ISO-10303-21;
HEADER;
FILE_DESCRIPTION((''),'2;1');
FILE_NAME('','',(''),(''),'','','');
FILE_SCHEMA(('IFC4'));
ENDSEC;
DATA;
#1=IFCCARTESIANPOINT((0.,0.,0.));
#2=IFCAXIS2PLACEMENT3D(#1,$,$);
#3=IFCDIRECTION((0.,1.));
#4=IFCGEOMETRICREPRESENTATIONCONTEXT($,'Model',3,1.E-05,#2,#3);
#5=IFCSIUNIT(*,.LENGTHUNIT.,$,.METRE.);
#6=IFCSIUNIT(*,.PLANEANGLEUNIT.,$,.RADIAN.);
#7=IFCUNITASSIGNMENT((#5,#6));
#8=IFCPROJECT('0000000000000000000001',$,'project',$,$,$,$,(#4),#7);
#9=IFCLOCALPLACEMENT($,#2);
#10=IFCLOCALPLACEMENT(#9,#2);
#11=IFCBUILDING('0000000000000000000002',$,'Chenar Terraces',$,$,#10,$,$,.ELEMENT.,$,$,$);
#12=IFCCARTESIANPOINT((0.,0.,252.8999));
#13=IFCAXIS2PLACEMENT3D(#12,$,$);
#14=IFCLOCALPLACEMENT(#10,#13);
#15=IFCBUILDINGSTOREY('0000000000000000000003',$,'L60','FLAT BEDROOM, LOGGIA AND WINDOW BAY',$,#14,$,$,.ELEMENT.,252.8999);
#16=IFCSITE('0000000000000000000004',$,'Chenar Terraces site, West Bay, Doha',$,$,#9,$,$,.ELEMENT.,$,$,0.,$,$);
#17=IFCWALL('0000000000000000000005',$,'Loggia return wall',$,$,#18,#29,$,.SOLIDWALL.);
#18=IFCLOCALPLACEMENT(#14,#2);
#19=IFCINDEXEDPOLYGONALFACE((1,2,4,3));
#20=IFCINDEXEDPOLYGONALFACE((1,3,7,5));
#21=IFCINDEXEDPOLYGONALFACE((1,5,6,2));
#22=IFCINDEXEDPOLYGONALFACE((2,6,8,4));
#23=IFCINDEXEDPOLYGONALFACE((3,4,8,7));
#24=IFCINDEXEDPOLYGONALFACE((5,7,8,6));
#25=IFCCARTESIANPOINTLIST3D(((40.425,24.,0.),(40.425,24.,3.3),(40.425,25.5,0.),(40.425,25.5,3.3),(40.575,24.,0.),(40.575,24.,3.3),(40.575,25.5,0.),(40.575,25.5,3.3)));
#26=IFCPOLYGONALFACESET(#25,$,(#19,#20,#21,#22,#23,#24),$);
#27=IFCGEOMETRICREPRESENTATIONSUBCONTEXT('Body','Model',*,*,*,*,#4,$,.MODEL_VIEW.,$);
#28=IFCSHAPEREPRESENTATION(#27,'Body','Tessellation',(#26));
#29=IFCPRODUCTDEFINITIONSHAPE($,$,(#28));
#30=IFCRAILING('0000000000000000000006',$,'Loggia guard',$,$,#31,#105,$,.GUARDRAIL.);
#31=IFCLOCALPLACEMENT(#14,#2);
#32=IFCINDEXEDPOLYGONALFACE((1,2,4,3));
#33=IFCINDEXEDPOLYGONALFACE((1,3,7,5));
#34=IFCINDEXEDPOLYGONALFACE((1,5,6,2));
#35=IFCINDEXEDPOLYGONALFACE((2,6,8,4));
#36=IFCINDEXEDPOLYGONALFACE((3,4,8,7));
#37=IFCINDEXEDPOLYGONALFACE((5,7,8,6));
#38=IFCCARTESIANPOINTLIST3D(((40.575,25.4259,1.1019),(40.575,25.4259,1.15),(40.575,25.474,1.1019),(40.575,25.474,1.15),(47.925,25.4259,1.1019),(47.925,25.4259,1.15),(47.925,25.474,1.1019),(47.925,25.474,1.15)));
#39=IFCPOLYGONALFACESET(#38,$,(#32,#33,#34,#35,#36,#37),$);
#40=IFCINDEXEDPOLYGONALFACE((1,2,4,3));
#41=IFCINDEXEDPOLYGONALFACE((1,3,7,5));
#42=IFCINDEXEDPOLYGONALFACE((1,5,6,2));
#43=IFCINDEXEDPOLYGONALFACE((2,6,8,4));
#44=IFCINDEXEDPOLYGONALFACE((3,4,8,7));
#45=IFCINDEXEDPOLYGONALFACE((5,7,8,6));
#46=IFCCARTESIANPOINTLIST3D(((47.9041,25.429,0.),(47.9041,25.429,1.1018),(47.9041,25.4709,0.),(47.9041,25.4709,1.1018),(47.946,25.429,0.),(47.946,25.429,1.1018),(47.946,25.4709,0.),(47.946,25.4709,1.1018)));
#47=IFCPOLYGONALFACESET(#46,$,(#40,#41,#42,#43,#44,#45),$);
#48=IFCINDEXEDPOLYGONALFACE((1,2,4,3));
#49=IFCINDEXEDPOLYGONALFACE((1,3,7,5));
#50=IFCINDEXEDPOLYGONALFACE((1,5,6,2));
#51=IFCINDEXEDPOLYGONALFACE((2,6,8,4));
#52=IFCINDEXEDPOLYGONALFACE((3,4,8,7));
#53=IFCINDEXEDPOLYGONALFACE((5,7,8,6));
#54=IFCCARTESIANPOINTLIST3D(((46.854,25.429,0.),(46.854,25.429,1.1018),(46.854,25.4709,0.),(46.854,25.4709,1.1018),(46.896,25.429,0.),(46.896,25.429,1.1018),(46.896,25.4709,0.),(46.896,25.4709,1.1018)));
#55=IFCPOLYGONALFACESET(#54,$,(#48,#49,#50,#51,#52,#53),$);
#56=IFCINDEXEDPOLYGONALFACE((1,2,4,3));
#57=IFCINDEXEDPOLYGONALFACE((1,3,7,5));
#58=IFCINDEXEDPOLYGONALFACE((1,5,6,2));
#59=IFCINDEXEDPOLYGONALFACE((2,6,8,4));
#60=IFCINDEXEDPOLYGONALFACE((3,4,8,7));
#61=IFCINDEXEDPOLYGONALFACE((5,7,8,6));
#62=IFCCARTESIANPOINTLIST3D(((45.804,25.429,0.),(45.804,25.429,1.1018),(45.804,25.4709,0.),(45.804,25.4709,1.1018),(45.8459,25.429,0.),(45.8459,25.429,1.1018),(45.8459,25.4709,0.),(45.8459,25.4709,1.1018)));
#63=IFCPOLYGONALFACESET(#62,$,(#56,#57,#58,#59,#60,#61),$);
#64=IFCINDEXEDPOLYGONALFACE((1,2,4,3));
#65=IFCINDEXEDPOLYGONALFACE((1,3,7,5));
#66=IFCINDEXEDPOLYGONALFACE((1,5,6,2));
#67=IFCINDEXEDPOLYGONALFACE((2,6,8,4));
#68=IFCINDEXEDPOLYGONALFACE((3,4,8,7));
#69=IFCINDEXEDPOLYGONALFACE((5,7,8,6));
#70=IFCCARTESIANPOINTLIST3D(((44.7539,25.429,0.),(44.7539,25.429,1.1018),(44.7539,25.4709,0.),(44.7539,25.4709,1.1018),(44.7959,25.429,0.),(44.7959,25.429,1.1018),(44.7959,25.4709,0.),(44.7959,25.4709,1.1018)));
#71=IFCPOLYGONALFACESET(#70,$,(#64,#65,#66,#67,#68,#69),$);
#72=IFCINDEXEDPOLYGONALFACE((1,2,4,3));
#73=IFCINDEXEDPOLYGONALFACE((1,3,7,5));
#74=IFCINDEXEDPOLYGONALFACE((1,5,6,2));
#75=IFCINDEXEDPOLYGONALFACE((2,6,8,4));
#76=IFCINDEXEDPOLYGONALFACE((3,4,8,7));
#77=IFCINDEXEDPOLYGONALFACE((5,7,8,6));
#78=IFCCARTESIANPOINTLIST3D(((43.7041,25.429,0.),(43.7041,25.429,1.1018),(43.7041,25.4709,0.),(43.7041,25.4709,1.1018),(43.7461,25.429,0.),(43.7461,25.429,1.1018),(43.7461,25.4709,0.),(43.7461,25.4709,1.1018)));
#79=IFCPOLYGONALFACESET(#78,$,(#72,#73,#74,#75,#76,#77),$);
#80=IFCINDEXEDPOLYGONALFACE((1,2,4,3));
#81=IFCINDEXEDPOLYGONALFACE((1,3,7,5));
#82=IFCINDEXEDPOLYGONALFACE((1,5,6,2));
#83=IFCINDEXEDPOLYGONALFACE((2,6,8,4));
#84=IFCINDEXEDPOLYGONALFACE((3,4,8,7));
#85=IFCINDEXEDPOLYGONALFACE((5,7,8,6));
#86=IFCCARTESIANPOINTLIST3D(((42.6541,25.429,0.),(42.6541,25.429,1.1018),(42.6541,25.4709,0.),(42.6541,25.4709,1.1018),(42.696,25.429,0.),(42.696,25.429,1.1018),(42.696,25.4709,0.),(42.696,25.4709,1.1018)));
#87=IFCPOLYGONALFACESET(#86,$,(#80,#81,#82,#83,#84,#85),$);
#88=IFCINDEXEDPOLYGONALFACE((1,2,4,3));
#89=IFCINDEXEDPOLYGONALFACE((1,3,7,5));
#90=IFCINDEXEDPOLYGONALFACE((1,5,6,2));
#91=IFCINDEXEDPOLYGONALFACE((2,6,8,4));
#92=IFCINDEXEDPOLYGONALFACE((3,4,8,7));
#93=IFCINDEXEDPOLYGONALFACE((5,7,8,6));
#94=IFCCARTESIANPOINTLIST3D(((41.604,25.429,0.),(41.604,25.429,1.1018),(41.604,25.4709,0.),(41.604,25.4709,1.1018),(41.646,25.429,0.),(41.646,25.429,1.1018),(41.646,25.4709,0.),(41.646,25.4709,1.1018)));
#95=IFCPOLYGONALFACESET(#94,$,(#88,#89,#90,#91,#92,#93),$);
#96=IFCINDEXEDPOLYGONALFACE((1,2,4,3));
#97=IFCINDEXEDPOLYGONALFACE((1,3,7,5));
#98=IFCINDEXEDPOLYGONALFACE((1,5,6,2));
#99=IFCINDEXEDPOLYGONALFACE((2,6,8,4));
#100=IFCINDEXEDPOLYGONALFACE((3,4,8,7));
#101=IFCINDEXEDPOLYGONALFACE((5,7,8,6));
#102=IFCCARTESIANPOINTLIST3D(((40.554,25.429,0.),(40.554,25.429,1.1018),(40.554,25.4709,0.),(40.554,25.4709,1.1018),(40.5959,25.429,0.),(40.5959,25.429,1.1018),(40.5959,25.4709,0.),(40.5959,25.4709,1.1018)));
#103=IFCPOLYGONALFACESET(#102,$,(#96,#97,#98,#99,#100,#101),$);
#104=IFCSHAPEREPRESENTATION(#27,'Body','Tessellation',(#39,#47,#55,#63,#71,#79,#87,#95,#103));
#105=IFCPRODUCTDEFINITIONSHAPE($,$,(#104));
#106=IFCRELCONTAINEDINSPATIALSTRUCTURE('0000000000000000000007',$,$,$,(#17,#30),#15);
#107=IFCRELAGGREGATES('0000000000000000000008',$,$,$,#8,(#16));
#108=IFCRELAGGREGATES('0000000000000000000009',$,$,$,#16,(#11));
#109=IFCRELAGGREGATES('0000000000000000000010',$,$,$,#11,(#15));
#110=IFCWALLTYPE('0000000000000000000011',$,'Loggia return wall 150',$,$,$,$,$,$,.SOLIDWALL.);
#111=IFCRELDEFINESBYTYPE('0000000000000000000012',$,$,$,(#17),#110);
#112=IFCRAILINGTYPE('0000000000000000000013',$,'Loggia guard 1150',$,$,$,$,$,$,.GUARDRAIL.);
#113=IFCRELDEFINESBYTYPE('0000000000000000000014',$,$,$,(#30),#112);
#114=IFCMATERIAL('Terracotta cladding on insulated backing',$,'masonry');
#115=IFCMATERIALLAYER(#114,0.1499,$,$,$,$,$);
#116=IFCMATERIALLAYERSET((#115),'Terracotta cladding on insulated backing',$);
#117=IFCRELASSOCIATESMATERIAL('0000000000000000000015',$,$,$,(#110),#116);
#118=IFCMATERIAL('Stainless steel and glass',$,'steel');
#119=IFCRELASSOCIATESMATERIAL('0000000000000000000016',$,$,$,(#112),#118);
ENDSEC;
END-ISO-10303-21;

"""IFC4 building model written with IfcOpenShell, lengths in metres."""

from ifc_helpers import new_model, si_unit, direction, frame, frame_2d, origin, origin_2d, place, context, subcontext, project, spatial, rectangle, extrude, material, layer, layer_set, type_object, element, save


model = new_model("IFC4")

# Units and contexts
model_context = context("Model", 3, precision=1e-05, world=origin(), true_north=direction((0.0, 1.0)))
body_context = subcontext(model_context, "Body", "Model", "MODEL_VIEW")
ifc_project = project(units=[si_unit("LENGTHUNIT", "METRE"), si_unit("PLANEANGLEUNIT", "RADIAN")], contexts=[model_context])

# Site, building, storey
site_placement = place(None, origin())
site = spatial("IfcSite", under=ifc_project, at=site_placement, Name="Chenar Terraces site, West Bay, Doha", CompositionType="ELEMENT", RefElevation=0.0)
building_placement = place(site_placement, origin())
building = spatial("IfcBuilding", under=site, at=building_placement, Name="Chenar Terraces", CompositionType="ELEMENT")
storey_placement = place(building_placement, frame((0.0, 0.0, 252.8999)))
storey = spatial("IfcBuildingStorey", under=building, at=storey_placement, Name="L60", Description="FLAT BEDROOM, LOGGIA AND WINDOW BAY", CompositionType="ELEMENT", Elevation=252.8999)

# Wall
ifc_material_1 = material(Name="Terracotta cladding on insulated backing", Category="masonry")
ifc_layer_1 = layer(ifc_material_1, 0.1499)
ifc_layer_set_1 = layer_set([ifc_layer_1], Name="Terracotta cladding on insulated backing")
wall_type = type_object("IfcWallType", Name="Loggia return wall 150", PredefinedType="SOLIDWALL", material=ifc_layer_set_1)
for number, where, z_axis, x_axis, name in (
    (1, (40.5, 25.5, 0.0), (0.0, 0.0, 1.0), (0.0, -1.0, 0.0), "Loggia return wall"),
):
    element("IfcWall", number, at=place(storey_placement, frame(where, z_axis=z_axis, x_axis=x_axis)), inside=storey, type_object=wall_type, Name=name, PredefinedType="SOLIDWALL", context=body_context, shape_type="SweptSolid", body=[
        extrude(rectangle(XDim=1.5, YDim=0.1499, at=frame_2d((0.75, 0.0))), origin(), (0.0, 0.0, 1.0), 3.3),
    ])

# Railing
ifc_material_2 = material(Name="Stainless steel and glass", Category="steel")
railing_type = type_object("IfcRailingType", Name="Loggia guard 1150", PredefinedType="GUARDRAIL", material=ifc_material_2)
railing_placement = place(storey_placement, frame((47.925, 25.45, 0.0)))
element("IfcRailing", 2, at=railing_placement, inside=storey, type_object=railing_type, Name="Loggia guard", PredefinedType="GUARDRAIL", context=body_context, shape_type="SweptSolid", body=[
    extrude(rectangle(XDim=0.0481, YDim=0.0481, at=origin_2d()), frame((0.0, 0.0, 1.126), z_axis=(-1.0, 0.0, 0.0), x_axis=(0.0, -1.0, 0.0)), (0.0, 0.0, 1.0), 7.3501),
    extrude(rectangle(XDim=0.042, YDim=0.042, at=origin_2d()), origin(), (0.0, 0.0, 1.0), 1.1018),
    extrude(rectangle(XDim=0.042, YDim=0.042, at=origin_2d()), frame((-1.05, 0.0, 0.0)), (0.0, 0.0, 1.0), 1.1018),
    extrude(rectangle(XDim=0.042, YDim=0.042, at=origin_2d()), frame((-2.1001, 0.0, 0.0)), (0.0, 0.0, 1.0), 1.1018),
    extrude(rectangle(XDim=0.042, YDim=0.042, at=origin_2d()), frame((-3.1501, 0.0, 0.0)), (0.0, 0.0, 1.0), 1.1018),
    extrude(rectangle(XDim=0.042, YDim=0.042, at=origin_2d()), frame((-4.2, 0.0, 0.0)), (0.0, 0.0, 1.0), 1.1018),
    extrude(rectangle(XDim=0.042, YDim=0.042, at=origin_2d()), frame((-5.25, 0.0, 0.0)), (0.0, 0.0, 1.0), 1.1018),
    extrude(rectangle(XDim=0.042, YDim=0.042, at=origin_2d()), frame((-6.3, 0.0, 0.0)), (0.0, 0.0, 1.0), 1.1018),
    extrude(rectangle(XDim=0.042, YDim=0.042, at=origin_2d()), frame((-7.3501, 0.0, 0.0)), (0.0, 0.0, 1.0), 1.1018),
])

save(model, "model.ifc")
